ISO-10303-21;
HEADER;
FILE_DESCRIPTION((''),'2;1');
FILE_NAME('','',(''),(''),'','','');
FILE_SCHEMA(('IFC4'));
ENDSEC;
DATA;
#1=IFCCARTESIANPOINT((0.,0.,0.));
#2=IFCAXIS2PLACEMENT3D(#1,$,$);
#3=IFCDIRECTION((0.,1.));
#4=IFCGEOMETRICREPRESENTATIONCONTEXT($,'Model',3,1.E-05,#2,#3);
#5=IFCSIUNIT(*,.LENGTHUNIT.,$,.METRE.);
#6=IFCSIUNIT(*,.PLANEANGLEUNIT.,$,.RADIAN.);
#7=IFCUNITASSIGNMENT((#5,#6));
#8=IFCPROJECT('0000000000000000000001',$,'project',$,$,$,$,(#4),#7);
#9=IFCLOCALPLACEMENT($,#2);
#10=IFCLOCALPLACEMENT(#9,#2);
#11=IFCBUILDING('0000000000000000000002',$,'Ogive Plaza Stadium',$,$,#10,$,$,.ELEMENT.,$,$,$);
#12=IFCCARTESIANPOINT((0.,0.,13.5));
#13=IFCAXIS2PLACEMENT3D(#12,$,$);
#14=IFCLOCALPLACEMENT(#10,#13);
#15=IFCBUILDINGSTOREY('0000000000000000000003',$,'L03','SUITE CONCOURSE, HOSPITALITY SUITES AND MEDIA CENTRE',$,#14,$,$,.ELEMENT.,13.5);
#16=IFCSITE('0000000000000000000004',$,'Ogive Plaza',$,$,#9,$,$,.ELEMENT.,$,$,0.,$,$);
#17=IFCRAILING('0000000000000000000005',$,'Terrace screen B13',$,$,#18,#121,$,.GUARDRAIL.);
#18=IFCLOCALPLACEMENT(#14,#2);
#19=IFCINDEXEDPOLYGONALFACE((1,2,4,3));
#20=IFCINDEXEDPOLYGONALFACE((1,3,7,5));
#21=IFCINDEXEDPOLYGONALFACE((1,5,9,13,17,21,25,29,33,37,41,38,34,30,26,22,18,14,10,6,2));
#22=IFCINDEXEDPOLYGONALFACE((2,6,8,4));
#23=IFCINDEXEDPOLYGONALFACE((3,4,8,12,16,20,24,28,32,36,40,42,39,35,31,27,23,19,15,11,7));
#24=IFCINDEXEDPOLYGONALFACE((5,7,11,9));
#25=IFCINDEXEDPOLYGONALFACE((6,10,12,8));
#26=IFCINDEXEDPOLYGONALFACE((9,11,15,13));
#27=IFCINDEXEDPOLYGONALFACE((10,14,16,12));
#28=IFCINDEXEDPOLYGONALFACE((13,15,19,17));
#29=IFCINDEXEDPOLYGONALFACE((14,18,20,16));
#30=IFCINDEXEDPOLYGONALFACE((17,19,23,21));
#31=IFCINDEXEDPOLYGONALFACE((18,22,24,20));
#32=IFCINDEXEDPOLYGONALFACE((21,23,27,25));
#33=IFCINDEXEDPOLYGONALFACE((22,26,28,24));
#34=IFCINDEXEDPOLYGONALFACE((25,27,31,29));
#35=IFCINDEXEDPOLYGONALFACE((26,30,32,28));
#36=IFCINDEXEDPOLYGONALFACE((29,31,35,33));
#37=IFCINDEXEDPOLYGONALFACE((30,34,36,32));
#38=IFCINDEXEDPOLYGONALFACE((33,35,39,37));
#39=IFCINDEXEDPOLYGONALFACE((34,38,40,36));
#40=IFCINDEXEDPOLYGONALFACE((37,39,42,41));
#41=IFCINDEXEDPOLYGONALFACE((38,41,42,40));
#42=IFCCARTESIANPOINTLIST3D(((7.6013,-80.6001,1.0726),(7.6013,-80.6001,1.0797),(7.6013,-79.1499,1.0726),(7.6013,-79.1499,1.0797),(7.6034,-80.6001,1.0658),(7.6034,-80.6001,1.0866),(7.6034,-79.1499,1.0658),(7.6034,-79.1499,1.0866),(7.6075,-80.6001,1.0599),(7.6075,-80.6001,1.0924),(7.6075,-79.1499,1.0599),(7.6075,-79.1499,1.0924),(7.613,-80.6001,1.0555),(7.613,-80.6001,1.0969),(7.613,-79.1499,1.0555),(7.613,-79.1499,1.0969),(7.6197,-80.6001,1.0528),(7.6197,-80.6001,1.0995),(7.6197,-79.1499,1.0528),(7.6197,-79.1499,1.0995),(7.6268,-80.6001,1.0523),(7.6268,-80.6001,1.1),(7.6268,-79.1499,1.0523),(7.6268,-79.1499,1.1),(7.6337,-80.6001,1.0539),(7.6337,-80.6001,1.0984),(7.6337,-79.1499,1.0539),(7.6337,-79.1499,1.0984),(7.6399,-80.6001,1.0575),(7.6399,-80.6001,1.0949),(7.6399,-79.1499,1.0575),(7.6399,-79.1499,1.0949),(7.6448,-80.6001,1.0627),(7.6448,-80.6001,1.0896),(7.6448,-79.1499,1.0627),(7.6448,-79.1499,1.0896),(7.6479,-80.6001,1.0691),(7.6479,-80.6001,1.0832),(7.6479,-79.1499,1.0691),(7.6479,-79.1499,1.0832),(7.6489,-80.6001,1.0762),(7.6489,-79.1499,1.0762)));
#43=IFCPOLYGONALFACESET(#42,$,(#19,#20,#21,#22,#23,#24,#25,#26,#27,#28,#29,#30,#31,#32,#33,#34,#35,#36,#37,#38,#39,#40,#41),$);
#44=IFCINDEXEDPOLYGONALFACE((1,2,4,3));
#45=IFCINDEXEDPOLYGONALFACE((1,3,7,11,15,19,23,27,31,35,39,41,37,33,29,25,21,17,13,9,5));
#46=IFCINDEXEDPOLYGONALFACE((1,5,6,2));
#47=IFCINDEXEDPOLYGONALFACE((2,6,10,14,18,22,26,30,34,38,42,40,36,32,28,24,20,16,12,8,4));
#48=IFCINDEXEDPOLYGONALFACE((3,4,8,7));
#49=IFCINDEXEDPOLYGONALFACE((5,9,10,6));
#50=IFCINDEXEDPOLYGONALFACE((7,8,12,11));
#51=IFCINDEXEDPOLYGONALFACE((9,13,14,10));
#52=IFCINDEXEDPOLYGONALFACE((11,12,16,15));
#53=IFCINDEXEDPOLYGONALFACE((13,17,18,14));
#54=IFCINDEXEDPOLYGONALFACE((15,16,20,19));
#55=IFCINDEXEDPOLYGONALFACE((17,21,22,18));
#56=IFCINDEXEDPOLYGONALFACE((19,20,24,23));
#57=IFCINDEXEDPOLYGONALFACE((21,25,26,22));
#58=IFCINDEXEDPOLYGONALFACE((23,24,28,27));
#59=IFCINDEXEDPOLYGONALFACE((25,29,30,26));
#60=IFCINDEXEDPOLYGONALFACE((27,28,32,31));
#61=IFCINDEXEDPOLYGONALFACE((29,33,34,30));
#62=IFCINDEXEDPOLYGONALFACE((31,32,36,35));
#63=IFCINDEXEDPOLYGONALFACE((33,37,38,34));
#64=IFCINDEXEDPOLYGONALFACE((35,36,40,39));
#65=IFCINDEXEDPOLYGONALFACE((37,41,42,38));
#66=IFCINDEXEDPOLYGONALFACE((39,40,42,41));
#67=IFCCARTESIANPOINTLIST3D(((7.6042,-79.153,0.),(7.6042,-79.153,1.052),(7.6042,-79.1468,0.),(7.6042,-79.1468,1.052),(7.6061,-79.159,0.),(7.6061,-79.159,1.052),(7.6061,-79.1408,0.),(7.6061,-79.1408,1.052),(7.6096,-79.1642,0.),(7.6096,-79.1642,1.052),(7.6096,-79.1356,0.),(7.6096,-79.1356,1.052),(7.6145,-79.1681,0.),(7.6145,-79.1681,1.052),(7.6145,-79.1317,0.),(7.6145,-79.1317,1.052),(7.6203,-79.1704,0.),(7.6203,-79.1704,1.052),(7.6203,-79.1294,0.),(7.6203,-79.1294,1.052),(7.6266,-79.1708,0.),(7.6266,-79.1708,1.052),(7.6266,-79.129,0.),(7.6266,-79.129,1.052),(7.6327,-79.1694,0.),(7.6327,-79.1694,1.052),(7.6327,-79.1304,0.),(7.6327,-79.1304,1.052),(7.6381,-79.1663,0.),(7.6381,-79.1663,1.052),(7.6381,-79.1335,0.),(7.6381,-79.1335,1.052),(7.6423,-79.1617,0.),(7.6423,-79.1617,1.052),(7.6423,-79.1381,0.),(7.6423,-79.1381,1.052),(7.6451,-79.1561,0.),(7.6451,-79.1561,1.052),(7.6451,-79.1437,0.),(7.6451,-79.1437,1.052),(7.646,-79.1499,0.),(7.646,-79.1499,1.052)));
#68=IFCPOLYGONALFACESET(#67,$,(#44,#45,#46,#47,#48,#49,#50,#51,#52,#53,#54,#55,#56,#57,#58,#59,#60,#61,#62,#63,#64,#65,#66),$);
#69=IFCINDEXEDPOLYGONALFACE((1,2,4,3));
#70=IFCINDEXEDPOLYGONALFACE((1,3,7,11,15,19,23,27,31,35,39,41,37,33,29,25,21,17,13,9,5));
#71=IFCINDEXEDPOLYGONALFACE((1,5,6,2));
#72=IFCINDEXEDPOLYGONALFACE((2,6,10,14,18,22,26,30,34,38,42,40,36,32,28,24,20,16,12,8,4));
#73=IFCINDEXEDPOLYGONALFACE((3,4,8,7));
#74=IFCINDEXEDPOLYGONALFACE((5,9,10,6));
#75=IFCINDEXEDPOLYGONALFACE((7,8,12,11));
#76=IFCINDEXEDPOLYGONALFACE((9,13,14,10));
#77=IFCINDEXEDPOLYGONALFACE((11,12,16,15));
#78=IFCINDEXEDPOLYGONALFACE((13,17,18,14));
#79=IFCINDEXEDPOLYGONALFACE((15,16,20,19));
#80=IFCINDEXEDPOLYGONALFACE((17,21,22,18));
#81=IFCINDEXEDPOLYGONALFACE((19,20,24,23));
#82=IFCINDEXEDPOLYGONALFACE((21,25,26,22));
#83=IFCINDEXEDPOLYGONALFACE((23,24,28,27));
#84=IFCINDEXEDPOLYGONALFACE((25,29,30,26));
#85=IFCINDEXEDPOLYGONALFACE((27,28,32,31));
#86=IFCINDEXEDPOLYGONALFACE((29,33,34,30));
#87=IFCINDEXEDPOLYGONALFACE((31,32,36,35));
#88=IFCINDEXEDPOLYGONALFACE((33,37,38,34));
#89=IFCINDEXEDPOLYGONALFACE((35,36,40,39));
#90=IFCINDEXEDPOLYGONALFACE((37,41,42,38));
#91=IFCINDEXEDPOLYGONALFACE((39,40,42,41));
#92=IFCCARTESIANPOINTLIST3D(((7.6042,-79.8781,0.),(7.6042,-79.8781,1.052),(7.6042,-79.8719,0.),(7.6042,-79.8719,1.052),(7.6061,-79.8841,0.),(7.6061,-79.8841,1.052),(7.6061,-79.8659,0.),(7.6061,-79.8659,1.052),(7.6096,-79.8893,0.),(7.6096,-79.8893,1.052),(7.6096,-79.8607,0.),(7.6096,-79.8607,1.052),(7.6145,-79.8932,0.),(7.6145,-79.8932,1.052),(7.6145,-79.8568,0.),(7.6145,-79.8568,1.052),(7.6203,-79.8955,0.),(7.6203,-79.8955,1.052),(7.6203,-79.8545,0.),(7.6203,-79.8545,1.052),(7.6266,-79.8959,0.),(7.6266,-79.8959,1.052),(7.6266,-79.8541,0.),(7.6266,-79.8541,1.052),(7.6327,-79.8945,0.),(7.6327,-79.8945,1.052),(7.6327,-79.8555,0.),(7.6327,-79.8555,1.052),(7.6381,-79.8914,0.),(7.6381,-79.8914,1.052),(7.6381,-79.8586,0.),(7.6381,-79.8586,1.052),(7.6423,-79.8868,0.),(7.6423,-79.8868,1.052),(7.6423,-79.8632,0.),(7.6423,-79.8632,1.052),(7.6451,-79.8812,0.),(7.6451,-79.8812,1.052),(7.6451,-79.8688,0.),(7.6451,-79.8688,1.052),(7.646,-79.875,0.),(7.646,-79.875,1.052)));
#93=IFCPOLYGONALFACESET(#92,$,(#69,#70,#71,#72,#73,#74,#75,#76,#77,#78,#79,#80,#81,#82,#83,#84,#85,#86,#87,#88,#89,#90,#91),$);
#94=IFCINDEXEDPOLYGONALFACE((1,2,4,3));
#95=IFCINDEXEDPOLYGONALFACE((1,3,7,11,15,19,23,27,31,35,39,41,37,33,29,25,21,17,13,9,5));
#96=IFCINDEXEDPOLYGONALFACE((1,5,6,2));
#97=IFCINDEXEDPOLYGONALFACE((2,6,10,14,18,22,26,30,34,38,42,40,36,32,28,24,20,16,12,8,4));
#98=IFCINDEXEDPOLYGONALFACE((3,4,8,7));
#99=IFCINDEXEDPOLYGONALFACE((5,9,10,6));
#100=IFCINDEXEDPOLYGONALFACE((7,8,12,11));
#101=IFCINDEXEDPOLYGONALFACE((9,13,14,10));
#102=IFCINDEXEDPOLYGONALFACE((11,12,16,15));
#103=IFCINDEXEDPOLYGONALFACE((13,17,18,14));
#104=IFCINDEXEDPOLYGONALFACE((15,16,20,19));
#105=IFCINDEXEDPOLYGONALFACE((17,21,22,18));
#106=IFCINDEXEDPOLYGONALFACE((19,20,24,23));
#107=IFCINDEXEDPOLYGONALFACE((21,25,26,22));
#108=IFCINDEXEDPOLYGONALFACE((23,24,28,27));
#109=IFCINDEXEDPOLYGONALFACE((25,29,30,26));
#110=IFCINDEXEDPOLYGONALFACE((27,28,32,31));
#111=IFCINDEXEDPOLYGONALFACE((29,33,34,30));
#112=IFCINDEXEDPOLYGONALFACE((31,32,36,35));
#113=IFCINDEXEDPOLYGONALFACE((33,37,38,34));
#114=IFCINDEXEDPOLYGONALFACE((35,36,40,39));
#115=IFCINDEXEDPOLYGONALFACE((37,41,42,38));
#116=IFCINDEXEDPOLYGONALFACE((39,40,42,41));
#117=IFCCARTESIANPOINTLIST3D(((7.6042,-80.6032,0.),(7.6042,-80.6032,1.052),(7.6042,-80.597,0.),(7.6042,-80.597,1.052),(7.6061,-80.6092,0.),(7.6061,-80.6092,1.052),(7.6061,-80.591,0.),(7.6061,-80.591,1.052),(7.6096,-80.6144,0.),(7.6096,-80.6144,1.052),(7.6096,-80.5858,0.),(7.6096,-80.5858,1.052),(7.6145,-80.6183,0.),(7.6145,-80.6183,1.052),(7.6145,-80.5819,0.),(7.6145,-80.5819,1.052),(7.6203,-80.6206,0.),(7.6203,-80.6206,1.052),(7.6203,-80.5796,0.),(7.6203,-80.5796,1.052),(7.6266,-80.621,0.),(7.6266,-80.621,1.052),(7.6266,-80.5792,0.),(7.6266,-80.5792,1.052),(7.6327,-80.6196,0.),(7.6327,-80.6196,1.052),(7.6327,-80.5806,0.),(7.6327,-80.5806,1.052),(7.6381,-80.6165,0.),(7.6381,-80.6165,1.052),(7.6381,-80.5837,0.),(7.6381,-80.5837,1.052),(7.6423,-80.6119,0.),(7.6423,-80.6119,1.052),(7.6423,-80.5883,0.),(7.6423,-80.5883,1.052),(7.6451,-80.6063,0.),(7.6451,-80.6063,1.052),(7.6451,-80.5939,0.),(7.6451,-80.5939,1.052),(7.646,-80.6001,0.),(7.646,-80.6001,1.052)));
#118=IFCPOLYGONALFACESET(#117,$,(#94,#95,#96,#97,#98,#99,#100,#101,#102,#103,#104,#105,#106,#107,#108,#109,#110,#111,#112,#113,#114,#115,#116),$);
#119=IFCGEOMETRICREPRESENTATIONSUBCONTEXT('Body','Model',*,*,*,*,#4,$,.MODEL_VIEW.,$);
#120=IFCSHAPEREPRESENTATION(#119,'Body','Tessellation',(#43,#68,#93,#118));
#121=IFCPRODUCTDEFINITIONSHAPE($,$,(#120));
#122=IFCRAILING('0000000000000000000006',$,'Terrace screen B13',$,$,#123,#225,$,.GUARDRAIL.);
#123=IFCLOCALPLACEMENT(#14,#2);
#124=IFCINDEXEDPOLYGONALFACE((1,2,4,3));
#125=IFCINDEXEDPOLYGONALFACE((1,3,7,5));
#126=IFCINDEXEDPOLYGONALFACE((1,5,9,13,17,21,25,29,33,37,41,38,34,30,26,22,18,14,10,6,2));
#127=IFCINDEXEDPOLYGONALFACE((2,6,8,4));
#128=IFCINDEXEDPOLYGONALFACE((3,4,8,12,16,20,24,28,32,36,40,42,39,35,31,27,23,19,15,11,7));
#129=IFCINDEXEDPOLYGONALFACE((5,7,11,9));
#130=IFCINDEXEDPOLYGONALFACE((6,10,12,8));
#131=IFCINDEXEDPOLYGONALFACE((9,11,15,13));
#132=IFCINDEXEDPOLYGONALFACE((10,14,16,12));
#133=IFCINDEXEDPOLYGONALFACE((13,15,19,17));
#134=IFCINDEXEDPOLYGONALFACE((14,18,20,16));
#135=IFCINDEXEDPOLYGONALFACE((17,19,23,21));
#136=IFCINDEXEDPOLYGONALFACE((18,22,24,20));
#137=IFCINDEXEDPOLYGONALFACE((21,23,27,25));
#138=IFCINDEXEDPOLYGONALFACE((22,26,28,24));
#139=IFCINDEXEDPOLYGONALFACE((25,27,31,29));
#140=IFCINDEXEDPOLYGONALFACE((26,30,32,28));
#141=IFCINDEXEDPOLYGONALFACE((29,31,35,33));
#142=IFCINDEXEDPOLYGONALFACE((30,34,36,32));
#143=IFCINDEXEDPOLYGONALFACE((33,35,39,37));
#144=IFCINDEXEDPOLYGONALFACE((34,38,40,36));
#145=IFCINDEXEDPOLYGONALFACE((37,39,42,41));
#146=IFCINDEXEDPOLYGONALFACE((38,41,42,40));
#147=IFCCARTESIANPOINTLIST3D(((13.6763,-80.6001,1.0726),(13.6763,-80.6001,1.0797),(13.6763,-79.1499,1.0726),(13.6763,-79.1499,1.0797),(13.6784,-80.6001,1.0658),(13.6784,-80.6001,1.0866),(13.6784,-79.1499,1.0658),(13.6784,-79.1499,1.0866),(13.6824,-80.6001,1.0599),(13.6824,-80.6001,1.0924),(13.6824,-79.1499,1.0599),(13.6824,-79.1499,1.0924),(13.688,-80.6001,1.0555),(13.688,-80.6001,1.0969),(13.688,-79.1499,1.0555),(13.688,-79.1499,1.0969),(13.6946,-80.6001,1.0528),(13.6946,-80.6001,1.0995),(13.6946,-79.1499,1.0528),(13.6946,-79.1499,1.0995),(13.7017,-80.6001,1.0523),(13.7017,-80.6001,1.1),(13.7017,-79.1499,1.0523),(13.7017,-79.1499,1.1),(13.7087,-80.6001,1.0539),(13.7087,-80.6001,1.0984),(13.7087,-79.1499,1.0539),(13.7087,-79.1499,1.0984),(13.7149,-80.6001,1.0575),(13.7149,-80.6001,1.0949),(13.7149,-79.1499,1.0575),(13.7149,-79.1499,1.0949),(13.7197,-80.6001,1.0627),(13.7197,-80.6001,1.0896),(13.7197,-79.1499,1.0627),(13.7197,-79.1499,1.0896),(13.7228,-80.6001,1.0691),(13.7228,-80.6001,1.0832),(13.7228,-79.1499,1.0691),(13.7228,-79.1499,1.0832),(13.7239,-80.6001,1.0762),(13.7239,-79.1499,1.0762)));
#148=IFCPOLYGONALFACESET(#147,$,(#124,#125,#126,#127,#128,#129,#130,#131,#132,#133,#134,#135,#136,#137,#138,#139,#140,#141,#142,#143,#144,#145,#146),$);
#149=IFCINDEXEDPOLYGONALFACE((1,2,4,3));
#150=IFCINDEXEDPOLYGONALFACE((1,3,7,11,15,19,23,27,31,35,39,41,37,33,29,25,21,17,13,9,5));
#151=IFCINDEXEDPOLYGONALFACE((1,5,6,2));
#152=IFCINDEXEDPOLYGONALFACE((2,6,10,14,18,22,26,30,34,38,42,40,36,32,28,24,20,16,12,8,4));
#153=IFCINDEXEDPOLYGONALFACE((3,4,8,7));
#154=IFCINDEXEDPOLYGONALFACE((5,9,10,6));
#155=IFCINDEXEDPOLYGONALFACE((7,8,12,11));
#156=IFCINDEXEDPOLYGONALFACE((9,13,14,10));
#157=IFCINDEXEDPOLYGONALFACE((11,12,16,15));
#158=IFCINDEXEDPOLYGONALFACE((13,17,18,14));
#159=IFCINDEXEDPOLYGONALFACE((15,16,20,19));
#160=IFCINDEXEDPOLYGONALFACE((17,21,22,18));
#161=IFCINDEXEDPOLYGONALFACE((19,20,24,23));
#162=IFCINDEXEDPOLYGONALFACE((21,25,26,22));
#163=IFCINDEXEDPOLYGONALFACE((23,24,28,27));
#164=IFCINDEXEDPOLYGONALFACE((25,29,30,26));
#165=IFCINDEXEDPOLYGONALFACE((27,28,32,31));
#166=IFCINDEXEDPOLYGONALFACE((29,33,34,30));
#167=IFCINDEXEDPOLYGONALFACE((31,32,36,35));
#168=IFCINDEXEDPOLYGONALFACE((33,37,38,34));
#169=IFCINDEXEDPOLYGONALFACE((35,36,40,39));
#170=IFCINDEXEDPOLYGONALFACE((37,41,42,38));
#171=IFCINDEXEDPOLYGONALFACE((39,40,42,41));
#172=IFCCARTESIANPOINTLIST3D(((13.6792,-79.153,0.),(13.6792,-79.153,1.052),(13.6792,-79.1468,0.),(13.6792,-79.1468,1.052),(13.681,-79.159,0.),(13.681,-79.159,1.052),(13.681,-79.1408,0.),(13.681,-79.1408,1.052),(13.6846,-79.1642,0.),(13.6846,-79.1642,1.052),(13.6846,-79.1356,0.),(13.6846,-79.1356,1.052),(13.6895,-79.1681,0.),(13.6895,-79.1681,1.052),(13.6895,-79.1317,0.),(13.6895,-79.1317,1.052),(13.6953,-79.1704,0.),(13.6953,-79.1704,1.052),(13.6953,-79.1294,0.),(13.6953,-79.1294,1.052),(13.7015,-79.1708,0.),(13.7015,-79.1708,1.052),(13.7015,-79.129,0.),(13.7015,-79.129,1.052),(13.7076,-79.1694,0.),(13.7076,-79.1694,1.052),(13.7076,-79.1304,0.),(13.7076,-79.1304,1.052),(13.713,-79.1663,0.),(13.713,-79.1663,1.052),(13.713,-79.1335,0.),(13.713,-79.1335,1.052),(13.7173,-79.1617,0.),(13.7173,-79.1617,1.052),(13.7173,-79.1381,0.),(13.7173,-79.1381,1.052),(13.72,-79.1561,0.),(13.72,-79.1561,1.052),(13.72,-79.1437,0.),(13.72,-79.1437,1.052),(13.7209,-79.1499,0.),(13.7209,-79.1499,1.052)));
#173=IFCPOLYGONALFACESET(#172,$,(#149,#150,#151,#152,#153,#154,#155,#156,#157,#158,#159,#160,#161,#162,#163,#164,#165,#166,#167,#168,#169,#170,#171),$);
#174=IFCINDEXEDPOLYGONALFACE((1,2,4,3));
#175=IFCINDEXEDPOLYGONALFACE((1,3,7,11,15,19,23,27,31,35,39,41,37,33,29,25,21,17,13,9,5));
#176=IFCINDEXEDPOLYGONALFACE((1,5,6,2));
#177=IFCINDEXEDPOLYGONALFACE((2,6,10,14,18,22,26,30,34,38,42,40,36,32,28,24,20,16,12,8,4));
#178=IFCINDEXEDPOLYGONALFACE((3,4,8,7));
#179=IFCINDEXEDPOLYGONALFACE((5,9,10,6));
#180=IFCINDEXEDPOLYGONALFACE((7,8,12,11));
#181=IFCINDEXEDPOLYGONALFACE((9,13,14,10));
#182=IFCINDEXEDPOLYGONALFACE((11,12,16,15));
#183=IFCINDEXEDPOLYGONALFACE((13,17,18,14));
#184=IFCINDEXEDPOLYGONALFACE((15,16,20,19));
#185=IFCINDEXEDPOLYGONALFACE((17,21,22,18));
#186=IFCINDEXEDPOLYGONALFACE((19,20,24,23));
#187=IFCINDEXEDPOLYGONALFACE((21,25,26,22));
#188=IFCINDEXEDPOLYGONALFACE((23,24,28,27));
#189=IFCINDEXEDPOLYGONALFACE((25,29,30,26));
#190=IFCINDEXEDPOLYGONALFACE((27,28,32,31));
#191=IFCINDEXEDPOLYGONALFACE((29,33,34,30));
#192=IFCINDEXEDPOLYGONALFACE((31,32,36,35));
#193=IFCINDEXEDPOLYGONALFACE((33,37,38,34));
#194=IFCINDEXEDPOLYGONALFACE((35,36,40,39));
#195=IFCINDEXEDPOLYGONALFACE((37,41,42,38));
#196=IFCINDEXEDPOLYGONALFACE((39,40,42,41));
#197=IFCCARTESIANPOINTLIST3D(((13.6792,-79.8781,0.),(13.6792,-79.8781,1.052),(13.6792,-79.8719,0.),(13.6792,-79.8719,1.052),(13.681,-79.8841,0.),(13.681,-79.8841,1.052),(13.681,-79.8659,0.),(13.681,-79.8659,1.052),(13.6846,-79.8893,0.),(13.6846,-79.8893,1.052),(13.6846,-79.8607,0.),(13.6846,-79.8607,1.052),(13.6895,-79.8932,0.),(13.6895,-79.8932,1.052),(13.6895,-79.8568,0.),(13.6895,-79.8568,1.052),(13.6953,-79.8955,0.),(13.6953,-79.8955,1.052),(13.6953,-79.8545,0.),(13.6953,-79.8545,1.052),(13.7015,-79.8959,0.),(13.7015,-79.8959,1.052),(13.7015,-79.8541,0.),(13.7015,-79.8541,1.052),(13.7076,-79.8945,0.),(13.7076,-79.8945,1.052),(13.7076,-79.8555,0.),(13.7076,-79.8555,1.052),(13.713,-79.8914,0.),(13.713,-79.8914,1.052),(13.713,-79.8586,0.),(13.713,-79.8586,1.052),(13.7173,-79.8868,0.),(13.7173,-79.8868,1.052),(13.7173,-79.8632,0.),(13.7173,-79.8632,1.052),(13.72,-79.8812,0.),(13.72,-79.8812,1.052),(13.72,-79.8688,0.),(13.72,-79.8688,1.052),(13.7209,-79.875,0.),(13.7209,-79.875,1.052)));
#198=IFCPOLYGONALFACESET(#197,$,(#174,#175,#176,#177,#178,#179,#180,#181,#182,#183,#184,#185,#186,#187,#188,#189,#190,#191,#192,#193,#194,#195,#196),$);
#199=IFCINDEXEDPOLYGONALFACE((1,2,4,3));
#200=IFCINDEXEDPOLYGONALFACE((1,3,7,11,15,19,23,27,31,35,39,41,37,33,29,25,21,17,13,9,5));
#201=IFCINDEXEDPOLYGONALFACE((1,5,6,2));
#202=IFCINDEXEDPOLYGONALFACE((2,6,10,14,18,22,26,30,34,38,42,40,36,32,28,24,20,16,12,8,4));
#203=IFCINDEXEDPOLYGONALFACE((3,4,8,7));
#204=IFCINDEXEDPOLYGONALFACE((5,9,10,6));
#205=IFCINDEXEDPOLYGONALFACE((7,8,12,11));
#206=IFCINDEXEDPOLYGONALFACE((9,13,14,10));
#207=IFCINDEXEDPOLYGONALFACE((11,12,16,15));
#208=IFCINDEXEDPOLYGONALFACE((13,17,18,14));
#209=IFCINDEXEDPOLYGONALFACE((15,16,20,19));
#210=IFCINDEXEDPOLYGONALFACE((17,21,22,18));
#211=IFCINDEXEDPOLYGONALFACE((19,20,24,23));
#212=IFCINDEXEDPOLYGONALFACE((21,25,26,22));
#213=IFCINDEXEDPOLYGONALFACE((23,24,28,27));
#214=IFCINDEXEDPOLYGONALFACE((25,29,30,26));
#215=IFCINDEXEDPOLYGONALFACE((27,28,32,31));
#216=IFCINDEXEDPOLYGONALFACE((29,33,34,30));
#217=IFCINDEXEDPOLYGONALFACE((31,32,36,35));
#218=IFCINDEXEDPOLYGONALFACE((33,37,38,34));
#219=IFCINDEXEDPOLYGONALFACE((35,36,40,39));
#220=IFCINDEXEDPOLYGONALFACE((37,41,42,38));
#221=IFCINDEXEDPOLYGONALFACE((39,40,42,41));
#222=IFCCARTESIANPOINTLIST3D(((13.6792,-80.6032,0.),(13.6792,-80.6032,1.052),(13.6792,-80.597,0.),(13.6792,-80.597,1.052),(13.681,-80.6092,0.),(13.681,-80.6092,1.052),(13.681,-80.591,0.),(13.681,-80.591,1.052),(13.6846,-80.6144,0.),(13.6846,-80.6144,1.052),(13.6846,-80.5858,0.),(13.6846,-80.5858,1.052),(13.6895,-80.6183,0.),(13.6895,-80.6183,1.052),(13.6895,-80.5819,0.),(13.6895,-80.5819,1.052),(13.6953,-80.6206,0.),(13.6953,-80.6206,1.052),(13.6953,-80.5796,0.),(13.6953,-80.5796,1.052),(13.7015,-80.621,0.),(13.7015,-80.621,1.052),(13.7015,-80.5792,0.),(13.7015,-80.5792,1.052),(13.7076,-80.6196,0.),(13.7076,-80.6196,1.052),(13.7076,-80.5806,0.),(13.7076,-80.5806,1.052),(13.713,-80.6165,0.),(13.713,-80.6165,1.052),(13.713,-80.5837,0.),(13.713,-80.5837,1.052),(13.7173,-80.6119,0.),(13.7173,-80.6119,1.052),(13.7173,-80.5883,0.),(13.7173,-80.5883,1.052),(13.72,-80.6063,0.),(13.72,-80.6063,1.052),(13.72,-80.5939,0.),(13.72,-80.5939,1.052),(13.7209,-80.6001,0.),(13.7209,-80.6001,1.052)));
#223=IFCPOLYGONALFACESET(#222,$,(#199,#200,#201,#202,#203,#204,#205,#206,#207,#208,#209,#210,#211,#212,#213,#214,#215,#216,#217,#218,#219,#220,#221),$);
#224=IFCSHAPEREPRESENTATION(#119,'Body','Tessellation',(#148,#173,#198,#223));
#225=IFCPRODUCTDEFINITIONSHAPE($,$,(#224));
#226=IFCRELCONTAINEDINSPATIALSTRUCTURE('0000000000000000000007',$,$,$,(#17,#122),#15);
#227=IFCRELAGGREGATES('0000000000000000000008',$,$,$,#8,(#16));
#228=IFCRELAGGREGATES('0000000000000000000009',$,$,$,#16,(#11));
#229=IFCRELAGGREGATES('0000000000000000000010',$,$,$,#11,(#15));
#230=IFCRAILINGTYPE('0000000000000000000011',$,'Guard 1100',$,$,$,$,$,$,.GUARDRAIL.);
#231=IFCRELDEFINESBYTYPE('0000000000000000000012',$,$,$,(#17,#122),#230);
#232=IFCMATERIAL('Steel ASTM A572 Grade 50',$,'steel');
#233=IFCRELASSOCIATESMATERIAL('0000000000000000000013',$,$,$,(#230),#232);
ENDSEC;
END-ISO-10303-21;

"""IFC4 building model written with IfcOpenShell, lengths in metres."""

from ifc_helpers import new_model, si_unit, direction, frame, origin, origin_2d, place, context, subcontext, project, spatial, circle, extrude, material, type_object, element, save


model = new_model("IFC4")

# Units and contexts
model_context = context("Model", 3, precision=1e-05, world=origin(), true_north=direction((0.0, 1.0)))
body_context = subcontext(model_context, "Body", "Model", "MODEL_VIEW")
ifc_project = project(units=[si_unit("LENGTHUNIT", "METRE"), si_unit("PLANEANGLEUNIT", "RADIAN")], contexts=[model_context])

# Site, building, storey
site_placement = place(None, origin())
site = spatial("IfcSite", under=ifc_project, at=site_placement, Name="Ogive Plaza", CompositionType="ELEMENT", RefElevation=0.0)
building_placement = place(site_placement, origin())
building = spatial("IfcBuilding", under=site, at=building_placement, Name="Ogive Plaza Stadium", CompositionType="ELEMENT")
storey_placement = place(building_placement, frame((0.0, 0.0, 13.5)))
storey = spatial("IfcBuildingStorey", under=building, at=storey_placement, Name="L03", Description="SUITE CONCOURSE, HOSPITALITY SUITES AND MEDIA CENTRE", CompositionType="ELEMENT", Elevation=13.5)

# Railings
ifc_material_1 = material(Name="Steel ASTM A572 Grade 50", Category="steel")
railing_type = type_object("IfcRailingType", Name="Guard 1100", PredefinedType="GUARDRAIL", material=ifc_material_1)
for number, where, name in (
    (1, (7.625, -79.1499, 0.0), "Terrace screen B13"),
    (2, (13.7, -79.1499, 0.0), "Terrace screen B13"),
):
    element("IfcRailing", number, at=place(storey_placement, frame(where)), inside=storey, type_object=railing_type, Name=name, PredefinedType="GUARDRAIL", context=body_context, shape_type="SweptSolid", body=[
        extrude(circle(Radius=0.0239, at=origin_2d()), frame((0.0, 0.0, 1.0762), z_axis=(0.0, -1.0, 0.0), x_axis=(1.0, 0.0, 0.0)), (0.0, 0.0, 1.0), 1.4502),
        extrude(circle(Radius=0.021, at=origin_2d()), origin(), (0.0, 0.0, 1.0), 1.052),
        extrude(circle(Radius=0.021, at=origin_2d()), frame((0.0, -0.7251, 0.0)), (0.0, 0.0, 1.0), 1.052),
        extrude(circle(Radius=0.021, at=origin_2d()), frame((0.0, -1.4502, 0.0)), (0.0, 0.0, 1.0), 1.052),
    ])

save(model, "model.ifc")
